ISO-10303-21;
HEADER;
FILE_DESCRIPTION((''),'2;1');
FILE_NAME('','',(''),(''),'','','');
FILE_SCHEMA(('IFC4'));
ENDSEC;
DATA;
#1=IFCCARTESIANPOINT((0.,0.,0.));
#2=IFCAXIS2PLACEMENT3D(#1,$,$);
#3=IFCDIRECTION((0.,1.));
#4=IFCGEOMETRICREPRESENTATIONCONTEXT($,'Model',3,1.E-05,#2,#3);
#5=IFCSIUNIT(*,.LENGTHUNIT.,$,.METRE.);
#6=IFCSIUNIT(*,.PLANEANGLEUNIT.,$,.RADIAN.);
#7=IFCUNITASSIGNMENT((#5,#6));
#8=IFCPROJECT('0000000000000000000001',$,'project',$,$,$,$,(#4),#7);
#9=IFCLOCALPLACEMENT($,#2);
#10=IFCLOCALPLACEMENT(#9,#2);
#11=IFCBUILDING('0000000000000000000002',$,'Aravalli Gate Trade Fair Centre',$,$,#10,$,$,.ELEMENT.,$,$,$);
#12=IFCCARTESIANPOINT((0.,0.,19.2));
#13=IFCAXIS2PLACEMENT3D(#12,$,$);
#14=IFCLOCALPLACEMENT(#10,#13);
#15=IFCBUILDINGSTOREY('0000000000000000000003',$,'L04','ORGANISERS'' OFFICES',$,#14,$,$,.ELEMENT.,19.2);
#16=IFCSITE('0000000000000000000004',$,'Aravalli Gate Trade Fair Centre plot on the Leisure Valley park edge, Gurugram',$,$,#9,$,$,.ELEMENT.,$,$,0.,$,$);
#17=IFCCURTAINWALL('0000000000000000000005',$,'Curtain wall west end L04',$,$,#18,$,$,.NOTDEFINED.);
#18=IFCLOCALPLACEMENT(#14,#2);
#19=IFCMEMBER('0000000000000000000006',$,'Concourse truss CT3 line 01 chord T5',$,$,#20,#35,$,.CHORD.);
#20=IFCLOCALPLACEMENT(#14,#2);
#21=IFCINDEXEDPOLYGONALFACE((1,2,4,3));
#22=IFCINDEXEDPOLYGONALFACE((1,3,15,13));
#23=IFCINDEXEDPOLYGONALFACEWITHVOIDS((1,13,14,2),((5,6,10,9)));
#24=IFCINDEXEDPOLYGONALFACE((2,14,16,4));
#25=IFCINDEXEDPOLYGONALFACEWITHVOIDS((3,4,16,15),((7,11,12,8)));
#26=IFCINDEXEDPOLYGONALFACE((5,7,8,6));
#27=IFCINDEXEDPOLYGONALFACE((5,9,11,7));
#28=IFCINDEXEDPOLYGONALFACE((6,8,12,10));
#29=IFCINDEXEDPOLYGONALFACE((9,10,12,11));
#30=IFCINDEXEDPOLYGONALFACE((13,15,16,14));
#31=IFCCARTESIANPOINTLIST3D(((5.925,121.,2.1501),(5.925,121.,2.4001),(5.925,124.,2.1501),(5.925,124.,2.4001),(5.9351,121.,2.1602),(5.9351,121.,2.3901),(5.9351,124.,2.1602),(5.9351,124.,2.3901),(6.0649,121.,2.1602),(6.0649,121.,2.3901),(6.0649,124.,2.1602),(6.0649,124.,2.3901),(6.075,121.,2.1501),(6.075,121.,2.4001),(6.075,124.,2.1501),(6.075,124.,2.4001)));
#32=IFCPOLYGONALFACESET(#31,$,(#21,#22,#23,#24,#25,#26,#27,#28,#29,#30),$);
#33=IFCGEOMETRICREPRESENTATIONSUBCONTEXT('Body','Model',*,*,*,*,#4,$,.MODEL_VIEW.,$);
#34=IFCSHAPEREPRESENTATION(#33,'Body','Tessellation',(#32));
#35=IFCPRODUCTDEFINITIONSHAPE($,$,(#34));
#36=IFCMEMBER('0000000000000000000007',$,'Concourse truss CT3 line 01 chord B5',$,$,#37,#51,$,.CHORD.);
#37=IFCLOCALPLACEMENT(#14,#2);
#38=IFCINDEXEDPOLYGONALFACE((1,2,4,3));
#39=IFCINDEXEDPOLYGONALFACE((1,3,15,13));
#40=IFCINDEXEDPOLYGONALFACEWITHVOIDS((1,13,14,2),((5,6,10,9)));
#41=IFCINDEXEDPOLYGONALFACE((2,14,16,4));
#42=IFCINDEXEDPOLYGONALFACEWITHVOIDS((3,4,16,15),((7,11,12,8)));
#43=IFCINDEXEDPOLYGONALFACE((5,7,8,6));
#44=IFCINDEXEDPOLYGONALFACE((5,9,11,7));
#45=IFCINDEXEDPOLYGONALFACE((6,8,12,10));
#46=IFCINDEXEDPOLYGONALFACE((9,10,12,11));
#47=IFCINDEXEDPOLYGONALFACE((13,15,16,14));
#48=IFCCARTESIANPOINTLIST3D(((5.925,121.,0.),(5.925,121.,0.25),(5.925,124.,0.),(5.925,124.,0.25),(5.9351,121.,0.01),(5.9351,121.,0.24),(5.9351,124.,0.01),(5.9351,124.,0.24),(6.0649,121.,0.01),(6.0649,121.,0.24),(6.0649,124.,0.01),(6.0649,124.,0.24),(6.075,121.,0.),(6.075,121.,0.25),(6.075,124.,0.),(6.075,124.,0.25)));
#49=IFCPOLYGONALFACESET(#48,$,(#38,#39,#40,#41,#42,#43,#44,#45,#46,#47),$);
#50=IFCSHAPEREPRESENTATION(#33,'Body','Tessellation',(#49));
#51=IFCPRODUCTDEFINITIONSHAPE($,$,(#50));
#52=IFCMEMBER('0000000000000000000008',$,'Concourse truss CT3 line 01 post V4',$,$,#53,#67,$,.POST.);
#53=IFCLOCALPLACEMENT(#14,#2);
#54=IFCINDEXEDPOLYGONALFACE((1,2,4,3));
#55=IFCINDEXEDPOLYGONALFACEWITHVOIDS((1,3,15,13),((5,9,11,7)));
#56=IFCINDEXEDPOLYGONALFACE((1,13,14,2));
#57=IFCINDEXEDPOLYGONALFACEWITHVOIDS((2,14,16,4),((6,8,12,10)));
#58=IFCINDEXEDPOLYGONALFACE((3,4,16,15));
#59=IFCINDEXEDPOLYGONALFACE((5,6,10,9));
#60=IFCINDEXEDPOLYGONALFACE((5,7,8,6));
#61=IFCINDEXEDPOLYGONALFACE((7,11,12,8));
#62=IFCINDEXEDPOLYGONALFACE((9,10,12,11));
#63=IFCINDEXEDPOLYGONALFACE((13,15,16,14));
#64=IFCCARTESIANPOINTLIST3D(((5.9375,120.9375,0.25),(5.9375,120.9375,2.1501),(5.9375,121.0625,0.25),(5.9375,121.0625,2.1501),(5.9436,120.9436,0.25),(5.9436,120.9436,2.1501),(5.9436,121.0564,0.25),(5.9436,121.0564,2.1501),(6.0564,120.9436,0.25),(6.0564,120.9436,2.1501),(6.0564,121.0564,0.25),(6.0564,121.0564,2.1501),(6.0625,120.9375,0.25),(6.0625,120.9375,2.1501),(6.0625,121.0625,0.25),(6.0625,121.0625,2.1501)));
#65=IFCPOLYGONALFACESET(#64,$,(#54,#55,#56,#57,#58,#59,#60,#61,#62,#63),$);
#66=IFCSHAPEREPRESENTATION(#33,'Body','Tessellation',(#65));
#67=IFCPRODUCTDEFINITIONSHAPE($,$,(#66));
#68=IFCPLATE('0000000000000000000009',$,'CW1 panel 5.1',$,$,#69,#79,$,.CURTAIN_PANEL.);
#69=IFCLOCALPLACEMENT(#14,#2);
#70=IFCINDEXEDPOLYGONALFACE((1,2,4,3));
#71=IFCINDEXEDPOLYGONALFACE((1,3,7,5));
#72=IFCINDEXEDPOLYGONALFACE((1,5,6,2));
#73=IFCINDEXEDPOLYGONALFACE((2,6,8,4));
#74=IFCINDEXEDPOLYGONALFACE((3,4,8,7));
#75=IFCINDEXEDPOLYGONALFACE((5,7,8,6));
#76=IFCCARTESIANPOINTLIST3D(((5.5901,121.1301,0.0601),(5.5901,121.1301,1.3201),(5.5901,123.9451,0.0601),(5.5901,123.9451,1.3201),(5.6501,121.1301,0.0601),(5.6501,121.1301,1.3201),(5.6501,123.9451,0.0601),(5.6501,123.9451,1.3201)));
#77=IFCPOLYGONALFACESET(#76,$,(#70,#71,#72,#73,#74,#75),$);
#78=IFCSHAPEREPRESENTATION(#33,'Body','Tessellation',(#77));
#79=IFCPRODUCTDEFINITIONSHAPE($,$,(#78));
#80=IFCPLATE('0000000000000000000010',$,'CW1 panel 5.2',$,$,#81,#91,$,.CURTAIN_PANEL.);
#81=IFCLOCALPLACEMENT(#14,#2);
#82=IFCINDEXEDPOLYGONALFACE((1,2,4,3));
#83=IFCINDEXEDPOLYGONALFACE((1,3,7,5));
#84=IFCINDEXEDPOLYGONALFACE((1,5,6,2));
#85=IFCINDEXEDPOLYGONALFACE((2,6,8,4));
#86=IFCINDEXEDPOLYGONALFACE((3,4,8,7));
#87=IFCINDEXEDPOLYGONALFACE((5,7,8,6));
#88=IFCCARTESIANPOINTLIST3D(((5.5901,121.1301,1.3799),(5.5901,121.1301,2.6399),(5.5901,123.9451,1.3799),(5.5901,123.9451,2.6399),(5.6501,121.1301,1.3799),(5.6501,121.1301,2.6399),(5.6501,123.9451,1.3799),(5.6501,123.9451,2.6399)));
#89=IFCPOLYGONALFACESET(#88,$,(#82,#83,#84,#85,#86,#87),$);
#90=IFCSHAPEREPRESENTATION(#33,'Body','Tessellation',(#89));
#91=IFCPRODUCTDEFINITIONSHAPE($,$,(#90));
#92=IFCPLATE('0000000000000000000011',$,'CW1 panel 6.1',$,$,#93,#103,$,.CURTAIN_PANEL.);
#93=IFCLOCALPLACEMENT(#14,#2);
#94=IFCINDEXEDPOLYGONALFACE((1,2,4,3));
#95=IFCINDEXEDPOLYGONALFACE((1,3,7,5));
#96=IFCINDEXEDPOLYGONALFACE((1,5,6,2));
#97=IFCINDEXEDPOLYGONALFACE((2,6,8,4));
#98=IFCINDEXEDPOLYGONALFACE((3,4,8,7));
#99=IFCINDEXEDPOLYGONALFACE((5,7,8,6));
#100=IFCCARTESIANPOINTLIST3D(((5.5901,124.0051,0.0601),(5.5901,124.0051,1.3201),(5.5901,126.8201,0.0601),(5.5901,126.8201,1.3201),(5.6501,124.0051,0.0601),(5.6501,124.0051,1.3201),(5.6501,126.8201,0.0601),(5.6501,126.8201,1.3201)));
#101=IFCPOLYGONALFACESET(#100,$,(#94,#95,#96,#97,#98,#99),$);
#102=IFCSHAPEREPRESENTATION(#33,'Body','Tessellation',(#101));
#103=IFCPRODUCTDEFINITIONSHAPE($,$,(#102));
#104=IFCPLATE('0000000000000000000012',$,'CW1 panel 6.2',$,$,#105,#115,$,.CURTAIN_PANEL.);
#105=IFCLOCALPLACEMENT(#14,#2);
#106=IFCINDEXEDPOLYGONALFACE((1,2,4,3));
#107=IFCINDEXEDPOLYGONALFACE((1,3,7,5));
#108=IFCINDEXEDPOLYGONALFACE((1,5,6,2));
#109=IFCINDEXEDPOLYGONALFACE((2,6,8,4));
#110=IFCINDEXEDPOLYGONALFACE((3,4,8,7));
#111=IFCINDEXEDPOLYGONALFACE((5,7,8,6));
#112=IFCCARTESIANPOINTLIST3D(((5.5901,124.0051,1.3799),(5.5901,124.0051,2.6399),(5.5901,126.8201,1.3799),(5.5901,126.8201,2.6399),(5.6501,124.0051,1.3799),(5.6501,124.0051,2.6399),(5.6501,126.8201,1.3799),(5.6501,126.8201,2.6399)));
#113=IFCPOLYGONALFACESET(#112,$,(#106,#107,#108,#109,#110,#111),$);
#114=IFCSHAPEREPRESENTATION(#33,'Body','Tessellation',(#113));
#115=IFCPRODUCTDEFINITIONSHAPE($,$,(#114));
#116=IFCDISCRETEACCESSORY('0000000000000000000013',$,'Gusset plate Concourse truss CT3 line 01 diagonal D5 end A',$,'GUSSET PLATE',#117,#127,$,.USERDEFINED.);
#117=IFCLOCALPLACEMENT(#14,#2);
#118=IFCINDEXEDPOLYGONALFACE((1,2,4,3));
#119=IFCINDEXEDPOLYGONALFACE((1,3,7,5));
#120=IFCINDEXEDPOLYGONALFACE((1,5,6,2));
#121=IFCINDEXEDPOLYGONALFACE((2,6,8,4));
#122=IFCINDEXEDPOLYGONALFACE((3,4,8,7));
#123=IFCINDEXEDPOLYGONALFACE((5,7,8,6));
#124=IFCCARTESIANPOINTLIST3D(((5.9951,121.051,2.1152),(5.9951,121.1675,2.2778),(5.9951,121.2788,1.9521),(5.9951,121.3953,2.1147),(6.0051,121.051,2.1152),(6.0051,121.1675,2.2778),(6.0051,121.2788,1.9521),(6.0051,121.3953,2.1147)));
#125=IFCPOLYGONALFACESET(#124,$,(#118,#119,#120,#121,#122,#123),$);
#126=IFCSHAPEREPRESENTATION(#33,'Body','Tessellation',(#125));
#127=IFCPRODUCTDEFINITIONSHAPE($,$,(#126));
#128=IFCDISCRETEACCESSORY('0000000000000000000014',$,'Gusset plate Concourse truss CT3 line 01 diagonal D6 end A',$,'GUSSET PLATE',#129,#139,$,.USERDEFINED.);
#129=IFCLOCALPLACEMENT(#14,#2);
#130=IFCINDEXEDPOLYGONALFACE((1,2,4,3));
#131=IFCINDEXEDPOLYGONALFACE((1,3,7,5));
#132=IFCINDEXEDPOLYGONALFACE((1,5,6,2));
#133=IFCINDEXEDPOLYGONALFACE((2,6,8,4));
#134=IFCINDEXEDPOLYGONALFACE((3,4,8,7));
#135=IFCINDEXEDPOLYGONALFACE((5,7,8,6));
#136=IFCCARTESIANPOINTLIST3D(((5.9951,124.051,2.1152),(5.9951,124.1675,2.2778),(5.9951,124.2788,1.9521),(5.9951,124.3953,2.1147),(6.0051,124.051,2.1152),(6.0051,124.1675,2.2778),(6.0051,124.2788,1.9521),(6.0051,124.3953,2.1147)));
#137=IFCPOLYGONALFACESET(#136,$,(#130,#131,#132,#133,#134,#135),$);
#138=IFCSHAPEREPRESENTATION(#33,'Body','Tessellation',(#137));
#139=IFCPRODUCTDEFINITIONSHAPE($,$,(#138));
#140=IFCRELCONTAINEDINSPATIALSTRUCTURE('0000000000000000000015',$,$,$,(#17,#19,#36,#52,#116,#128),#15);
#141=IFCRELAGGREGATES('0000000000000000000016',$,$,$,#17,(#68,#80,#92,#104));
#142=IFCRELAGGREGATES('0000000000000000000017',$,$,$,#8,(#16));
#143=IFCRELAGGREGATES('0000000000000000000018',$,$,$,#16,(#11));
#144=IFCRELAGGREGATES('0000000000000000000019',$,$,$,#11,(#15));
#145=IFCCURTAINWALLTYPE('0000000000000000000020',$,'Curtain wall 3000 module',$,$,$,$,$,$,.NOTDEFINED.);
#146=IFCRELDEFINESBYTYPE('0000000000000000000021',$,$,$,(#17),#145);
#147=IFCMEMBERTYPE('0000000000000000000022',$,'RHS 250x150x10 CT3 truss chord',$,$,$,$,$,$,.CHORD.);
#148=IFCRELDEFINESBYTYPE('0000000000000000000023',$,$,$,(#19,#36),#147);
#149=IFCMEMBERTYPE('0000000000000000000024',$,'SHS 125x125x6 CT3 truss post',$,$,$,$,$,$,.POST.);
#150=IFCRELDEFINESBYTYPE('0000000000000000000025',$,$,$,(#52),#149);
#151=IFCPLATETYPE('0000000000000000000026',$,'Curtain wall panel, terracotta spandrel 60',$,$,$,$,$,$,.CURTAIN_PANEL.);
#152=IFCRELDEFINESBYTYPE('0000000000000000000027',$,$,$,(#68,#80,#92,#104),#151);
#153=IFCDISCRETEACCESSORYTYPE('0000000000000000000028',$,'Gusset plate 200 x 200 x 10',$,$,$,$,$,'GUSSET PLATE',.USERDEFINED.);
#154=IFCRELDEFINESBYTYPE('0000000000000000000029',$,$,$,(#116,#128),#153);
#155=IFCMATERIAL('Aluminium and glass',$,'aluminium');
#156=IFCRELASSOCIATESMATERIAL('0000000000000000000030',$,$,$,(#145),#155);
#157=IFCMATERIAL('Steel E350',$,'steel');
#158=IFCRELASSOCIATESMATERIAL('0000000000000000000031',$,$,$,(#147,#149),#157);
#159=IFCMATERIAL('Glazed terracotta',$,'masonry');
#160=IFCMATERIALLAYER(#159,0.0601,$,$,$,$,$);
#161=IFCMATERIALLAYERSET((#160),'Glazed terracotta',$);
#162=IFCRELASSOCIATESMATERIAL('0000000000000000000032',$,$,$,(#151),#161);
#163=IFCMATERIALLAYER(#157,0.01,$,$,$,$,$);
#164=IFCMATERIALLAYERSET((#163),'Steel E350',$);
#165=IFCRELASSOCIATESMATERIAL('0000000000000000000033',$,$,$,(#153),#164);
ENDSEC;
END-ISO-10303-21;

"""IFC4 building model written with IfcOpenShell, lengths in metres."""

from ifc_helpers import new_model, si_unit, direction, frame, origin, origin_2d, place, context, subcontext, project, spatial, polyline, rectangle, hollow_rectangle, outline, extrude, material, layer, layer_set, material_profile, profile_set, type_object, element, aggregate, save


model = new_model("IFC4")

# Units and contexts
model_context = context("Model", 3, precision=1e-05, world=origin(), true_north=direction((0.0, 1.0)))
body_context = subcontext(model_context, "Body", "Model", "MODEL_VIEW")
ifc_project = project(units=[si_unit("LENGTHUNIT", "METRE"), si_unit("PLANEANGLEUNIT", "RADIAN")], contexts=[model_context])

# Site, building, storey
site_placement = place(None, origin())
site = spatial("IfcSite", under=ifc_project, at=site_placement, Name="Aravalli Gate Trade Fair Centre plot on the Leisure Valley park edge, Gurugram", CompositionType="ELEMENT", RefElevation=0.0)
building_placement = place(site_placement, origin())
building = spatial("IfcBuilding", under=site, at=building_placement, Name="Aravalli Gate Trade Fair Centre", CompositionType="ELEMENT")
storey_placement = place(building_placement, frame((0.0, 0.0, 19.2)))
storey = spatial("IfcBuildingStorey", under=building, at=storey_placement, Name="L04", Description="ORGANISERS' OFFICES", CompositionType="ELEMENT", Elevation=19.2)

# Curtain wall
ifc_material_1 = material(Name="Aluminium and glass", Category="aluminium")
curtain_wall_type = type_object("IfcCurtainWallType", Name="Curtain wall 3000 module", PredefinedType="NOTDEFINED", material=ifc_material_1)
curtain_wall_placement = place(storey_placement, origin())
curtain_wall = element("IfcCurtainWall", 1, at=curtain_wall_placement, inside=storey, type_object=curtain_wall_type, Name="Curtain wall west end L04", PredefinedType="NOTDEFINED")

# Members
ifc_material_2 = material(Name="Steel E350", Category="steel")
ifc_material_profile_1 = material_profile(ifc_material_2, hollow_rectangle(XDim=0.1499, YDim=0.25, WallThickness=0.01, at=origin_2d()), Name="RHS 250x150x10")
ifc_profile_set_1 = profile_set([ifc_material_profile_1], Name="Steel E350")
member_type_1 = type_object("IfcMemberType", Name="RHS 250x150x10 CT3 truss chord", PredefinedType="CHORD", material=ifc_profile_set_1)
for number, where, z_axis, x_axis, name in (
    (2, (6.0, 121.0, 2.2751), (0.0, 1.0, 0.0), (-1.0, 0.0, 0.0), "Concourse truss CT3 line 01 chord T5"),
    (3, (6.0, 121.0, 0.125), (0.0, 1.0, 0.0), (-1.0, 0.0, 0.0), "Concourse truss CT3 line 01 chord B5"),
):
    element("IfcMember", number, at=place(storey_placement, frame(where, z_axis=z_axis, x_axis=x_axis)), inside=storey, type_object=member_type_1, Name=name, PredefinedType="CHORD", context=body_context, shape_type="SweptSolid", body=[
        extrude(hollow_rectangle(XDim=0.1499, YDim=0.25, WallThickness=0.01, at=origin_2d()), origin(), (0.0, 0.0, 1.0), 3.0),
    ])
ifc_material_profile_2 = material_profile(ifc_material_2, hollow_rectangle(XDim=0.125, YDim=0.125, WallThickness=0.0061, at=origin_2d()), Name="SHS 125x125x6")
ifc_profile_set_2 = profile_set([ifc_material_profile_2], Name="Steel E350")
member_type_2 = type_object("IfcMemberType", Name="SHS 125x125x6 CT3 truss post", PredefinedType="POST", material=ifc_profile_set_2)
member_1_placement = place(storey_placement, frame((6.0, 121.0, 0.25), z_axis=(0.0, 0.0, 1.0), x_axis=(1.0, 0.0, 0.0)))
element("IfcMember", 4, at=member_1_placement, inside=storey, type_object=member_type_2, Name="Concourse truss CT3 line 01 post V4", PredefinedType="POST", context=body_context, shape_type="SweptSolid", body=[
    extrude(hollow_rectangle(XDim=0.125, YDim=0.125, WallThickness=0.0061, at=origin_2d()), origin(), (0.0, 0.0, 1.0), 1.9001),
])

# Plates
ifc_material_3 = material(Name="Glazed terracotta", Category="masonry")
ifc_layer_1 = layer(ifc_material_3, 0.0601)
ifc_layer_set_1 = layer_set([ifc_layer_1], Name="Glazed terracotta")
plate_type = type_object("IfcPlateType", Name="Curtain wall panel, terracotta spandrel 60", PredefinedType="CURTAIN_PANEL", material=ifc_layer_set_1)
plate_1_placement = place(storey_placement, frame((5.6201, 122.5376, 0.0601), z_axis=(0.0, 0.0, 1.0), x_axis=(0.0, 1.0, 0.0)))
plate_1 = element("IfcPlate", 5, at=plate_1_placement, type_object=plate_type, Name="CW1 panel 5.1", PredefinedType="CURTAIN_PANEL", context=body_context, shape_type="SweptSolid", body=[
    extrude(rectangle(XDim=2.8149, YDim=0.0601, at=origin_2d()), origin(), (0.0, 0.0, 1.0), 1.26),
])
plate_2_placement = place(storey_placement, frame((5.6201, 122.5376, 1.3799), z_axis=(0.0, 0.0, 1.0), x_axis=(0.0, 1.0, 0.0)))
plate_2 = element("IfcPlate", 6, at=plate_2_placement, type_object=plate_type, Name="CW1 panel 5.2", PredefinedType="CURTAIN_PANEL", context=body_context, shape_type="SweptSolid", body=[
    extrude(rectangle(XDim=2.8149, YDim=0.0601, at=origin_2d()), origin(), (0.0, 0.0, 1.0), 1.26),
])
plate_3_placement = place(storey_placement, frame((5.6201, 125.4126, 0.0601), z_axis=(0.0, 0.0, 1.0), x_axis=(0.0, 1.0, 0.0)))
plate_3 = element("IfcPlate", 7, at=plate_3_placement, type_object=plate_type, Name="CW1 panel 6.1", PredefinedType="CURTAIN_PANEL", context=body_context, shape_type="SweptSolid", body=[
    extrude(rectangle(XDim=2.8149, YDim=0.0601, at=origin_2d()), origin(), (0.0, 0.0, 1.0), 1.26),
])
plate_4_placement = place(storey_placement, frame((5.6201, 125.4126, 1.3799), z_axis=(0.0, 0.0, 1.0), x_axis=(0.0, 1.0, 0.0)))
plate_4 = element("IfcPlate", 8, at=plate_4_placement, type_object=plate_type, Name="CW1 panel 6.2", PredefinedType="CURTAIN_PANEL", context=body_context, shape_type="SweptSolid", body=[
    extrude(rectangle(XDim=2.8149, YDim=0.0601, at=origin_2d()), origin(), (0.0, 0.0, 1.0), 1.26),
])
aggregate(curtain_wall, [plate_1, plate_2, plate_3, plate_4])

# Discrete accessories
ifc_layer_2 = layer(ifc_material_2, 0.01)
ifc_layer_set_2 = layer_set([ifc_layer_2], Name="Steel E350")
discrete_accessory_type = type_object("IfcDiscreteAccessoryType", Name="Gusset plate 200 x 200 x 10", ElementType="GUSSET PLATE", PredefinedType="USERDEFINED", material=ifc_layer_set_2)
for number, where, z_axis, x_axis, name in (
    (9, (5.9951, 121.2788, 1.9521), (-1.0, 0.0, 0.0), (0.0, -0.813085, 0.582145), "Gusset plate Concourse truss CT3 line 01 diagonal D5 end A"),
    (10, (5.9951, 124.2788, 1.9521), (-1.0, 0.0, 0.0), (0.0, -0.813085, 0.582145), "Gusset plate Concourse truss CT3 line 01 diagonal D6 end A"),
):
    element("IfcDiscreteAccessory", number, at=place(storey_placement, frame(where, z_axis=z_axis, x_axis=x_axis)), inside=storey, type_object=discrete_accessory_type, Name=name, ObjectType="GUSSET PLATE", PredefinedType="USERDEFINED", context=body_context, shape_type="SweptSolid", body=[
        extrude(outline(polyline([(0.0, 0.0), (0.2801, 0.0), (0.2801, 0.2), (0.0, 0.2), (0.0, 0.0)])), origin(), (0.0, 0.0, -1.0), 0.01),
    ])

save(model, "model.ifc")
